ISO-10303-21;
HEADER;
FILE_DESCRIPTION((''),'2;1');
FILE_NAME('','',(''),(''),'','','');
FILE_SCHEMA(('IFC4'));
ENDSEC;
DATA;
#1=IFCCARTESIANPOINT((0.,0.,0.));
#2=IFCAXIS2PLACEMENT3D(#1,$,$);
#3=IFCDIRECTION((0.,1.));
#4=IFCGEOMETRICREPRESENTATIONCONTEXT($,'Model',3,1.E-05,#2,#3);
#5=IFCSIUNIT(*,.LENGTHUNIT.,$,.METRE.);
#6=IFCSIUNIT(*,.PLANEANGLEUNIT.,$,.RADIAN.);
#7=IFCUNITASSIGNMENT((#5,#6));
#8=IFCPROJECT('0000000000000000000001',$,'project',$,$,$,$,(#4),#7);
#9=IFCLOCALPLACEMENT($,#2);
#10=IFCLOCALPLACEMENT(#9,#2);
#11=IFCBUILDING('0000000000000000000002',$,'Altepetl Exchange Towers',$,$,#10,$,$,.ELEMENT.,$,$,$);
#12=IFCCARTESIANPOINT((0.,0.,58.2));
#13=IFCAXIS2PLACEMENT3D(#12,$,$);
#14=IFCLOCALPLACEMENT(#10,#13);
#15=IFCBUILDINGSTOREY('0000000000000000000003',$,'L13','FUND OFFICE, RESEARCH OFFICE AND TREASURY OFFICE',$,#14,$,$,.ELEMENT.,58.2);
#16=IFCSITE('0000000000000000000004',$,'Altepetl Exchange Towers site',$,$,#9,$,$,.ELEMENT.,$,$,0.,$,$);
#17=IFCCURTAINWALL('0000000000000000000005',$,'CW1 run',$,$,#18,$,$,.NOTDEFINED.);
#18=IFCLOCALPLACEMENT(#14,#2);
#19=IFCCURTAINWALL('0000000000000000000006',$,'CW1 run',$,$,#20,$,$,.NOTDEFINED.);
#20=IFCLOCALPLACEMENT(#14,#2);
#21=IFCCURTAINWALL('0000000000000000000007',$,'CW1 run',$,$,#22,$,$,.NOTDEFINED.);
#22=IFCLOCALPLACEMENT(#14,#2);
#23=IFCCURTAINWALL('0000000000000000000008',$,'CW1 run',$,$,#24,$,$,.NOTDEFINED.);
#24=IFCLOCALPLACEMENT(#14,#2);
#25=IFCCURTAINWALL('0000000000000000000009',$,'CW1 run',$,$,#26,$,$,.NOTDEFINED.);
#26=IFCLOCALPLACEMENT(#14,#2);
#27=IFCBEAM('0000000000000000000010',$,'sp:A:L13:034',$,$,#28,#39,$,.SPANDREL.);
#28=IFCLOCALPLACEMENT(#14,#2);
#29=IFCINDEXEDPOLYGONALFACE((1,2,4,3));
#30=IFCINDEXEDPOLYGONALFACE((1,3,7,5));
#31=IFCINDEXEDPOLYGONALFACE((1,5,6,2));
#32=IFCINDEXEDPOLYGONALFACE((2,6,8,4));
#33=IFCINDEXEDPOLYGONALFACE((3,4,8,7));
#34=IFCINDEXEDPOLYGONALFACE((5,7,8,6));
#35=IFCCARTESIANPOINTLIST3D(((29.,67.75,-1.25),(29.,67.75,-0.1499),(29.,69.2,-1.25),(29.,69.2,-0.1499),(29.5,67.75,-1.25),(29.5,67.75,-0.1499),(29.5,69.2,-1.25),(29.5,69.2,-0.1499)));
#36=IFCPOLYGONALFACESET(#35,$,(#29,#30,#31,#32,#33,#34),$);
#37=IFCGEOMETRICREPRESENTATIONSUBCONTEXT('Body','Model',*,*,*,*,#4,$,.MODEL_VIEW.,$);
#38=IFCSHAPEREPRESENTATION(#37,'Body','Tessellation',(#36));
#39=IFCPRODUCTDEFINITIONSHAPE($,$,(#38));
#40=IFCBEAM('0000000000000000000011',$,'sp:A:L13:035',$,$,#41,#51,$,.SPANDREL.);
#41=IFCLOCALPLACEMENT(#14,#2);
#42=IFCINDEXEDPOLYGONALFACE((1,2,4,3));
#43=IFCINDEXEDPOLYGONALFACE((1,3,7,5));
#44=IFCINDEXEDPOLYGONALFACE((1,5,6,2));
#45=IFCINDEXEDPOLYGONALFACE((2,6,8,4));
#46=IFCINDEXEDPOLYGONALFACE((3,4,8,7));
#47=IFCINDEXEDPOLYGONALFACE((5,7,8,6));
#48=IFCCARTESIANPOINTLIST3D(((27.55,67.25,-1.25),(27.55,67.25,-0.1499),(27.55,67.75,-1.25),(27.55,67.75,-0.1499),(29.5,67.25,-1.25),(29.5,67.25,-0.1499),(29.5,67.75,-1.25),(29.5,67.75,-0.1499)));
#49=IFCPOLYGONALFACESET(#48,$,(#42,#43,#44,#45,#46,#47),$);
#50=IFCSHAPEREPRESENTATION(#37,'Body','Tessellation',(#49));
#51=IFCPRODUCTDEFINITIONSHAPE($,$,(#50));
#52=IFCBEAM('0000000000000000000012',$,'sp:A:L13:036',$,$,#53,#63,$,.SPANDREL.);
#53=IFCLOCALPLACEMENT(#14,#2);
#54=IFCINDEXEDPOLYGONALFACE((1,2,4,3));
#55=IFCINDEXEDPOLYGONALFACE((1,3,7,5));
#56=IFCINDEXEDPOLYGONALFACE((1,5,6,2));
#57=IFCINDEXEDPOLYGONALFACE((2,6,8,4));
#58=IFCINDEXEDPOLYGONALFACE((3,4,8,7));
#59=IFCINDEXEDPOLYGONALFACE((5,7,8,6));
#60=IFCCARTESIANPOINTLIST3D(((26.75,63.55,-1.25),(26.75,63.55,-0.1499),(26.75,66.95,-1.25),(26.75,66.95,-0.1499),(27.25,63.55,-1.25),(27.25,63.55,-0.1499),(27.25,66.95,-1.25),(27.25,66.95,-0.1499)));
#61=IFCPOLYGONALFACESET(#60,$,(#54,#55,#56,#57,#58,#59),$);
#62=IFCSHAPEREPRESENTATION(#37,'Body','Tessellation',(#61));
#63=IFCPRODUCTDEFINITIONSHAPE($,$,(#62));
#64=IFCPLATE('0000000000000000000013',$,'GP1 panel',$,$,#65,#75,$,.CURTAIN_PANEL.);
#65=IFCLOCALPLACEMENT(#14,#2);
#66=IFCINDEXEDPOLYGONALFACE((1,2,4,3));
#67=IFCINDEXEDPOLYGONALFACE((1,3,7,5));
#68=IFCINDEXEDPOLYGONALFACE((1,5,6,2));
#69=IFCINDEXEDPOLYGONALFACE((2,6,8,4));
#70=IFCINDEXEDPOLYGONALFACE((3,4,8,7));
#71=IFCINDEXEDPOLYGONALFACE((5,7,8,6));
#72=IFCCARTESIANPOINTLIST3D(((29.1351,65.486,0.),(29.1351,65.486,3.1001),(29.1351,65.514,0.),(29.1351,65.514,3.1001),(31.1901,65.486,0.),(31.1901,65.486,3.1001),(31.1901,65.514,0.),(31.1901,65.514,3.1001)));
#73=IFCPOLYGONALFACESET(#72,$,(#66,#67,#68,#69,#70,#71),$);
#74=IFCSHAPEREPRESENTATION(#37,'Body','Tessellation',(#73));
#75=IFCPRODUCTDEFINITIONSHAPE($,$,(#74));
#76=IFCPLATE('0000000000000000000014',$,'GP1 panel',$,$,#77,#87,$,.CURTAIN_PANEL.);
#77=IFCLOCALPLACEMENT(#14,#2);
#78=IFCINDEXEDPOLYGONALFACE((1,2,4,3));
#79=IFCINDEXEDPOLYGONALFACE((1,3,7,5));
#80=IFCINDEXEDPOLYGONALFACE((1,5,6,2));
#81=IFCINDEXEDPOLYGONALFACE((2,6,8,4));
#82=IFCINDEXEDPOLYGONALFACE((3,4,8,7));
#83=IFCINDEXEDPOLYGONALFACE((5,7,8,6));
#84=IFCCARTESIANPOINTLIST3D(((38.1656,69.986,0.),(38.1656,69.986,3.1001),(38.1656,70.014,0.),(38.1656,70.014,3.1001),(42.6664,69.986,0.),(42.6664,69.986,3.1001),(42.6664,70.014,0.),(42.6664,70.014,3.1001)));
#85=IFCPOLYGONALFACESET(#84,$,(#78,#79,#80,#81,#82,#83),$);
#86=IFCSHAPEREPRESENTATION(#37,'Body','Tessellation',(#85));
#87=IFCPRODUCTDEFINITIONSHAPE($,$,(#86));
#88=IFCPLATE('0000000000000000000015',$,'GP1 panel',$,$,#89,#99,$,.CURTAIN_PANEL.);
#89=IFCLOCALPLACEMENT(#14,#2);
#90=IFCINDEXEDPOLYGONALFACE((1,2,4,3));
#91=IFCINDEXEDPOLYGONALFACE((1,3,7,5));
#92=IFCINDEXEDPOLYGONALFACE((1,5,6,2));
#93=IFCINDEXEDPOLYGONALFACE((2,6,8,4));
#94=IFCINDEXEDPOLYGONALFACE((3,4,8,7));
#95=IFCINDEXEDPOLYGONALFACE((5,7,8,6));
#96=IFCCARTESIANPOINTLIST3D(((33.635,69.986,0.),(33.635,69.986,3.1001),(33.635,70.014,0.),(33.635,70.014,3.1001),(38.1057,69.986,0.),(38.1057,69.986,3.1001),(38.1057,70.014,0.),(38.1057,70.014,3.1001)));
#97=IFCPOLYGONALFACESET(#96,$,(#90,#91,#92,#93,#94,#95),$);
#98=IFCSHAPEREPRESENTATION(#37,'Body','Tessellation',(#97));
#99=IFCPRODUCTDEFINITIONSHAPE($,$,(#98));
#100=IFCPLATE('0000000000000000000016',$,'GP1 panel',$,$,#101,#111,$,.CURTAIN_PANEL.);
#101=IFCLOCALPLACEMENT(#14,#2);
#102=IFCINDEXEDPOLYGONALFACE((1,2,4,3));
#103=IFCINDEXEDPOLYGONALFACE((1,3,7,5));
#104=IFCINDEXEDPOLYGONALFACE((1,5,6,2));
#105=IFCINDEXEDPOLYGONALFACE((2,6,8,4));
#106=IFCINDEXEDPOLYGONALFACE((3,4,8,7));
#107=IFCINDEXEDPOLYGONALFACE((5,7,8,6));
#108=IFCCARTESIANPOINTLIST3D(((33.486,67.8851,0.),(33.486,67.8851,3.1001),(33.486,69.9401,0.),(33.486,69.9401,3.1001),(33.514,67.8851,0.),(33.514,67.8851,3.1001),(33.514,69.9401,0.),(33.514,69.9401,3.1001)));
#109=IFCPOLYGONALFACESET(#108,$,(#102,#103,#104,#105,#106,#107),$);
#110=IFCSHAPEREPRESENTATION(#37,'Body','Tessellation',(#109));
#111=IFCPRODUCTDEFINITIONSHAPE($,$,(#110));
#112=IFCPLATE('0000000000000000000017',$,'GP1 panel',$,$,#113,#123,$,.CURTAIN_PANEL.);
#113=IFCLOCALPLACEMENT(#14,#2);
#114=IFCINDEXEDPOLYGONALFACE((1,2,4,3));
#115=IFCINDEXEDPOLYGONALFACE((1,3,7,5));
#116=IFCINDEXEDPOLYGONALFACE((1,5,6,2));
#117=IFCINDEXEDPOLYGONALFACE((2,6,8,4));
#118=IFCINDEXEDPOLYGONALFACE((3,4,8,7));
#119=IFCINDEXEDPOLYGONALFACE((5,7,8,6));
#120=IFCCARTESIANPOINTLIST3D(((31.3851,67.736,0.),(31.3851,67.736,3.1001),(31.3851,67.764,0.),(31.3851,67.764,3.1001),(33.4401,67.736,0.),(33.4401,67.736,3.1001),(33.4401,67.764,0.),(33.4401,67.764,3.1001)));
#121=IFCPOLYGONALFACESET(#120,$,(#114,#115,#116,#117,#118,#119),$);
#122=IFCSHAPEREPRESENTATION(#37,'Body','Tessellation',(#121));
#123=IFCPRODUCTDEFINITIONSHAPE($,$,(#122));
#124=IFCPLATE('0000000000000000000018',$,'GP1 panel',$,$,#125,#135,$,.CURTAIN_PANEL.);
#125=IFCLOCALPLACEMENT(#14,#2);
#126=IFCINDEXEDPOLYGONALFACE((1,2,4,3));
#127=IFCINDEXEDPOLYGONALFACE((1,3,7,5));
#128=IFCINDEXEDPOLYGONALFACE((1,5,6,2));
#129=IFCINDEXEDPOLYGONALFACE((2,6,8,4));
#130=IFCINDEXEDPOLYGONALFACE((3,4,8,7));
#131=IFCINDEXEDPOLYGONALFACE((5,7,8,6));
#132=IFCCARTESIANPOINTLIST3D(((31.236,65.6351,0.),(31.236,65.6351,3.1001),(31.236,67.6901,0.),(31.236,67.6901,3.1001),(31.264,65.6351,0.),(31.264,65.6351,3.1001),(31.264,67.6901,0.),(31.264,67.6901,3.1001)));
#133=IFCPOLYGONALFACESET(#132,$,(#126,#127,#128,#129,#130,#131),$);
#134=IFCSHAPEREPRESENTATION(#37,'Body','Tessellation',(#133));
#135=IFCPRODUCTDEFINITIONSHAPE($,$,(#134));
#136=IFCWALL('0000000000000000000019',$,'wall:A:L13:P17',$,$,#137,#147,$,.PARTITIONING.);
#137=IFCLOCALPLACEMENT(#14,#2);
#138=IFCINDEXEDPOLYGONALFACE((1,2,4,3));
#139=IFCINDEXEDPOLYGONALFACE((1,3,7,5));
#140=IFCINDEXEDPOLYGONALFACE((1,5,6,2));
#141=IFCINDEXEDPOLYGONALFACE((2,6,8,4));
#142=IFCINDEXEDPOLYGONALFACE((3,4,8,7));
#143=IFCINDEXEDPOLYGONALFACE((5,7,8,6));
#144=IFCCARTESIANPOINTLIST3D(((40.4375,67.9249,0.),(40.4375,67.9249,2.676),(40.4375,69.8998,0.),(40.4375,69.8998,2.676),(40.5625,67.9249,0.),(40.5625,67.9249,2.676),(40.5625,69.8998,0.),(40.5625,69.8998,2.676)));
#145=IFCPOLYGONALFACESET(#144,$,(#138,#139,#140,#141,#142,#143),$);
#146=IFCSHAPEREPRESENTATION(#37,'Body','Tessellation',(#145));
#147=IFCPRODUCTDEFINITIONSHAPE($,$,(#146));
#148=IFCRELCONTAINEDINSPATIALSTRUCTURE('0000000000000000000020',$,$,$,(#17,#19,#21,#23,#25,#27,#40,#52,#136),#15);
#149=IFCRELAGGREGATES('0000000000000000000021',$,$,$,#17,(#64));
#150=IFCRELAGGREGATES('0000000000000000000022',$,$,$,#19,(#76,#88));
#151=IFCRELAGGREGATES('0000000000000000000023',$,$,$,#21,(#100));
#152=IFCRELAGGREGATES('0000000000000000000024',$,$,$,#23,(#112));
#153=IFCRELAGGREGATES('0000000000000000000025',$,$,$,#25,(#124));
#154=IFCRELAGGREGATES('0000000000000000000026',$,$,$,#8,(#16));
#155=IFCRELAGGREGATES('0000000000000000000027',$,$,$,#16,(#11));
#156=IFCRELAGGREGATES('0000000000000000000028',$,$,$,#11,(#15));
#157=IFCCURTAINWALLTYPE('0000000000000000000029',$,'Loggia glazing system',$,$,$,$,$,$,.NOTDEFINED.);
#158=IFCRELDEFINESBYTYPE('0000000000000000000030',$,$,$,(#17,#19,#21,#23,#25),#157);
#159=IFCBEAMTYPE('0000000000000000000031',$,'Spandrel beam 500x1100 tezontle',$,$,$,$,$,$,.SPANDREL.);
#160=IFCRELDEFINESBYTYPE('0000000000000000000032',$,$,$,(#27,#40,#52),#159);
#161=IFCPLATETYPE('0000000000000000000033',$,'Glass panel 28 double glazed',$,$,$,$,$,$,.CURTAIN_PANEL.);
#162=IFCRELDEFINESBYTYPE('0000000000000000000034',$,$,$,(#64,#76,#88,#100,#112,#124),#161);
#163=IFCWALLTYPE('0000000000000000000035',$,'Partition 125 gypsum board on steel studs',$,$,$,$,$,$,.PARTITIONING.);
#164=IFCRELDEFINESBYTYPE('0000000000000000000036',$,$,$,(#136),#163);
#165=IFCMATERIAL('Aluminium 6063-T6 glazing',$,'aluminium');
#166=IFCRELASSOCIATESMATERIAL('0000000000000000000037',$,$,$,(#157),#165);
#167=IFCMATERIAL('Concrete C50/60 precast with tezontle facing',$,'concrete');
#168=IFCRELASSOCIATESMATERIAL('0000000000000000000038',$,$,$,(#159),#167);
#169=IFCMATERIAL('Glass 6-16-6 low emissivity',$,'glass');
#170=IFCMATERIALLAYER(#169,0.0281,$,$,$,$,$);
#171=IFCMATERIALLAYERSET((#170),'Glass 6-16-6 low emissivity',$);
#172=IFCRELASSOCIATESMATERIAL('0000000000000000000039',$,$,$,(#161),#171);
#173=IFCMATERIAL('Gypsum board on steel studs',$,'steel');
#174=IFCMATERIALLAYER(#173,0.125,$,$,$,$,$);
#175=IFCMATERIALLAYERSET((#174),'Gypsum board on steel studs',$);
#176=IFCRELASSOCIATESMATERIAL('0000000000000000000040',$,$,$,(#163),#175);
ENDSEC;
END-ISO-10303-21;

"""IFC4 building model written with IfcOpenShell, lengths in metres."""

from ifc_helpers import new_model, si_unit, direction, frame, frame_2d, origin, origin_2d, place, context, subcontext, project, spatial, rectangle, extrude, material, layer, layer_set, material_profile, profile_set, type_object, element, aggregate, save


model = new_model("IFC4")

# Units and contexts
model_context = context("Model", 3, precision=1e-05, world=origin(), true_north=direction((0.0, 1.0)))
body_context = subcontext(model_context, "Body", "Model", "MODEL_VIEW")
ifc_project = project(units=[si_unit("LENGTHUNIT", "METRE"), si_unit("PLANEANGLEUNIT", "RADIAN")], contexts=[model_context])

# Site, building, storey
site_placement = place(None, origin())
site = spatial("IfcSite", under=ifc_project, at=site_placement, Name="Altepetl Exchange Towers site", CompositionType="ELEMENT", RefElevation=0.0)
building_placement = place(site_placement, origin())
building = spatial("IfcBuilding", under=site, at=building_placement, Name="Altepetl Exchange Towers", CompositionType="ELEMENT")
storey_placement = place(building_placement, frame((0.0, 0.0, 58.2)))
storey = spatial("IfcBuildingStorey", under=building, at=storey_placement, Name="L13", Description="FUND OFFICE, RESEARCH OFFICE AND TREASURY OFFICE", CompositionType="ELEMENT", Elevation=58.2)

# Curtain walls
ifc_material_1 = material(Name="Aluminium 6063-T6 glazing", Category="aluminium")
curtain_wall_type = type_object("IfcCurtainWallType", Name="Loggia glazing system", PredefinedType="NOTDEFINED", material=ifc_material_1)
curtain_wall_1_placement = place(storey_placement, origin())
curtain_wall_1 = element("IfcCurtainWall", 1, at=curtain_wall_1_placement, inside=storey, type_object=curtain_wall_type, Name="CW1 run", PredefinedType="NOTDEFINED")
curtain_wall_2_placement = place(storey_placement, origin())
curtain_wall_2 = element("IfcCurtainWall", 2, at=curtain_wall_2_placement, inside=storey, type_object=curtain_wall_type, Name="CW1 run", PredefinedType="NOTDEFINED")
curtain_wall_3_placement = place(storey_placement, origin())
curtain_wall_3 = element("IfcCurtainWall", 3, at=curtain_wall_3_placement, inside=storey, type_object=curtain_wall_type, Name="CW1 run", PredefinedType="NOTDEFINED")
curtain_wall_4_placement = place(storey_placement, origin())
curtain_wall_4 = element("IfcCurtainWall", 4, at=curtain_wall_4_placement, inside=storey, type_object=curtain_wall_type, Name="CW1 run", PredefinedType="NOTDEFINED")
curtain_wall_5_placement = place(storey_placement, origin())
curtain_wall_5 = element("IfcCurtainWall", 5, at=curtain_wall_5_placement, inside=storey, type_object=curtain_wall_type, Name="CW1 run", PredefinedType="NOTDEFINED")

# Beams
ifc_material_2 = material(Name="Concrete C50/60 precast with tezontle facing", Category="concrete")
ifc_material_profile_1 = material_profile(ifc_material_2, rectangle(XDim=0.5, YDim=1.1001, at=origin_2d()), Name="500 x 1100")
ifc_profile_set_1 = profile_set([ifc_material_profile_1], Name="Concrete C50/60 precast with tezontle facing")
beam_type_1 = type_object("IfcBeamType", Name="Spandrel beam 500x1100 tezontle", PredefinedType="SPANDREL", material=ifc_profile_set_1)
beam_1_placement = place(storey_placement, frame((29.25, 69.2, -0.7), z_axis=(0.0, -1.0, 0.0), x_axis=(1.0, 0.0, 0.0)))
element("IfcBeam", 6, at=beam_1_placement, inside=storey, type_object=beam_type_1, Name="sp:A:L13:034", PredefinedType="SPANDREL", context=body_context, shape_type="SweptSolid", body=[
    extrude(rectangle(XDim=0.5, YDim=1.1001, at=origin_2d()), origin(), (0.0, 0.0, 1.0), 1.45),
])
beam_2_placement = place(storey_placement, frame((29.5, 67.5, -0.7), z_axis=(-1.0, 0.0, 0.0), x_axis=(0.0, -1.0, 0.0)))
element("IfcBeam", 7, at=beam_2_placement, inside=storey, type_object=beam_type_1, Name="sp:A:L13:035", PredefinedType="SPANDREL", context=body_context, shape_type="SweptSolid", body=[
    extrude(rectangle(XDim=0.5, YDim=1.1001, at=origin_2d()), origin(), (0.0, 0.0, 1.0), 1.95),
])
beam_3_placement = place(storey_placement, frame((27.0, 66.95, -0.7), z_axis=(0.0, -1.0, 0.0), x_axis=(1.0, 0.0, 0.0)))
element("IfcBeam", 8, at=beam_3_placement, inside=storey, type_object=beam_type_1, Name="sp:A:L13:036", PredefinedType="SPANDREL", context=body_context, shape_type="SweptSolid", body=[
    extrude(rectangle(XDim=0.5, YDim=1.1001, at=origin_2d()), origin(), (0.0, 0.0, 1.0), 3.3999),
])

# Plates
ifc_material_3 = material(Name="Glass 6-16-6 low emissivity", Category="glass")
ifc_layer_1 = layer(ifc_material_3, 0.0281)
ifc_layer_set_1 = layer_set([ifc_layer_1], Name="Glass 6-16-6 low emissivity")
plate_type = type_object("IfcPlateType", Name="Glass panel 28 double glazed", PredefinedType="CURTAIN_PANEL", material=ifc_layer_set_1)
plate_1_placement = place(storey_placement, frame((30.1626, 65.5, 0.0), z_axis=(0.0, 0.0, 1.0), x_axis=(-1.0, 0.0, 0.0)))
plate_1 = element("IfcPlate", 9, at=plate_1_placement, type_object=plate_type, Name="GP1 panel", PredefinedType="CURTAIN_PANEL", context=body_context, shape_type="SweptSolid", body=[
    extrude(rectangle(XDim=2.0549, YDim=0.0281, at=origin_2d()), origin(), (0.0, 0.0, 1.0), 3.1001),
])
aggregate(curtain_wall_1, [plate_1])
plate_2_placement = place(storey_placement, frame((40.416, 70.0, 0.0), z_axis=(0.0, 0.0, 1.0), x_axis=(-1.0, 0.0, 0.0)))
plate_2 = element("IfcPlate", 10, at=plate_2_placement, type_object=plate_type, Name="GP1 panel", PredefinedType="CURTAIN_PANEL", context=body_context, shape_type="SweptSolid", body=[
    extrude(rectangle(XDim=4.5007, YDim=0.0281, at=origin_2d()), origin(), (0.0, 0.0, 1.0), 3.1001),
])
plate_3_placement = place(storey_placement, frame((35.8704, 70.0, 0.0), z_axis=(0.0, 0.0, 1.0), x_axis=(-1.0, 0.0, 0.0)))
plate_3 = element("IfcPlate", 11, at=plate_3_placement, type_object=plate_type, Name="GP1 panel", PredefinedType="CURTAIN_PANEL", context=body_context, shape_type="SweptSolid", body=[
    extrude(rectangle(XDim=4.4707, YDim=0.0281, at=origin_2d()), origin(), (0.0, 0.0, 1.0), 3.1001),
])
aggregate(curtain_wall_2, [plate_2, plate_3])
plate_4_placement = place(storey_placement, frame((33.5, 68.9126, 0.0), z_axis=(0.0, 0.0, 1.0), x_axis=(0.0, -1.0, 0.0)))
plate_4 = element("IfcPlate", 12, at=plate_4_placement, type_object=plate_type, Name="GP1 panel", PredefinedType="CURTAIN_PANEL", context=body_context, shape_type="SweptSolid", body=[
    extrude(rectangle(XDim=2.0549, YDim=0.0281, at=origin_2d()), origin(), (0.0, 0.0, 1.0), 3.1001),
])
aggregate(curtain_wall_3, [plate_4])
plate_5_placement = place(storey_placement, frame((32.4126, 67.75, 0.0), z_axis=(0.0, 0.0, 1.0), x_axis=(-1.0, 0.0, 0.0)))
plate_5 = element("IfcPlate", 13, at=plate_5_placement, type_object=plate_type, Name="GP1 panel", PredefinedType="CURTAIN_PANEL", context=body_context, shape_type="SweptSolid", body=[
    extrude(rectangle(XDim=2.0549, YDim=0.0281, at=origin_2d()), origin(), (0.0, 0.0, 1.0), 3.1001),
])
aggregate(curtain_wall_4, [plate_5])
plate_6_placement = place(storey_placement, frame((31.25, 66.6626, 0.0), z_axis=(0.0, 0.0, 1.0), x_axis=(0.0, -1.0, 0.0)))
plate_6 = element("IfcPlate", 14, at=plate_6_placement, type_object=plate_type, Name="GP1 panel", PredefinedType="CURTAIN_PANEL", context=body_context, shape_type="SweptSolid", body=[
    extrude(rectangle(XDim=2.0549, YDim=0.0281, at=origin_2d()), origin(), (0.0, 0.0, 1.0), 3.1001),
])
aggregate(curtain_wall_5, [plate_6])

# Wall
ifc_material_4 = material(Name="Gypsum board on steel studs", Category="steel")
ifc_layer_2 = layer(ifc_material_4, 0.125)
ifc_layer_set_2 = layer_set([ifc_layer_2], Name="Gypsum board on steel studs")
wall_type = type_object("IfcWallType", Name="Partition 125 gypsum board on steel studs", PredefinedType="PARTITIONING", material=ifc_layer_set_2)
wall_placement = place(storey_placement, frame((40.5, 67.925, 0.0), z_axis=(0.0, 0.0, 1.0), x_axis=(0.0, 1.0, 0.0)))
element("IfcWall", 15, at=wall_placement, inside=storey, type_object=wall_type, Name="wall:A:L13:P17", PredefinedType="PARTITIONING", context=body_context, shape_type="SweptSolid", body=[
    extrude(rectangle(XDim=1.9749, YDim=0.125, at=frame_2d((0.9873, 0.0))), origin(), (0.0, 0.0, 1.0), 2.676),
])

save(model, "model.ifc")
